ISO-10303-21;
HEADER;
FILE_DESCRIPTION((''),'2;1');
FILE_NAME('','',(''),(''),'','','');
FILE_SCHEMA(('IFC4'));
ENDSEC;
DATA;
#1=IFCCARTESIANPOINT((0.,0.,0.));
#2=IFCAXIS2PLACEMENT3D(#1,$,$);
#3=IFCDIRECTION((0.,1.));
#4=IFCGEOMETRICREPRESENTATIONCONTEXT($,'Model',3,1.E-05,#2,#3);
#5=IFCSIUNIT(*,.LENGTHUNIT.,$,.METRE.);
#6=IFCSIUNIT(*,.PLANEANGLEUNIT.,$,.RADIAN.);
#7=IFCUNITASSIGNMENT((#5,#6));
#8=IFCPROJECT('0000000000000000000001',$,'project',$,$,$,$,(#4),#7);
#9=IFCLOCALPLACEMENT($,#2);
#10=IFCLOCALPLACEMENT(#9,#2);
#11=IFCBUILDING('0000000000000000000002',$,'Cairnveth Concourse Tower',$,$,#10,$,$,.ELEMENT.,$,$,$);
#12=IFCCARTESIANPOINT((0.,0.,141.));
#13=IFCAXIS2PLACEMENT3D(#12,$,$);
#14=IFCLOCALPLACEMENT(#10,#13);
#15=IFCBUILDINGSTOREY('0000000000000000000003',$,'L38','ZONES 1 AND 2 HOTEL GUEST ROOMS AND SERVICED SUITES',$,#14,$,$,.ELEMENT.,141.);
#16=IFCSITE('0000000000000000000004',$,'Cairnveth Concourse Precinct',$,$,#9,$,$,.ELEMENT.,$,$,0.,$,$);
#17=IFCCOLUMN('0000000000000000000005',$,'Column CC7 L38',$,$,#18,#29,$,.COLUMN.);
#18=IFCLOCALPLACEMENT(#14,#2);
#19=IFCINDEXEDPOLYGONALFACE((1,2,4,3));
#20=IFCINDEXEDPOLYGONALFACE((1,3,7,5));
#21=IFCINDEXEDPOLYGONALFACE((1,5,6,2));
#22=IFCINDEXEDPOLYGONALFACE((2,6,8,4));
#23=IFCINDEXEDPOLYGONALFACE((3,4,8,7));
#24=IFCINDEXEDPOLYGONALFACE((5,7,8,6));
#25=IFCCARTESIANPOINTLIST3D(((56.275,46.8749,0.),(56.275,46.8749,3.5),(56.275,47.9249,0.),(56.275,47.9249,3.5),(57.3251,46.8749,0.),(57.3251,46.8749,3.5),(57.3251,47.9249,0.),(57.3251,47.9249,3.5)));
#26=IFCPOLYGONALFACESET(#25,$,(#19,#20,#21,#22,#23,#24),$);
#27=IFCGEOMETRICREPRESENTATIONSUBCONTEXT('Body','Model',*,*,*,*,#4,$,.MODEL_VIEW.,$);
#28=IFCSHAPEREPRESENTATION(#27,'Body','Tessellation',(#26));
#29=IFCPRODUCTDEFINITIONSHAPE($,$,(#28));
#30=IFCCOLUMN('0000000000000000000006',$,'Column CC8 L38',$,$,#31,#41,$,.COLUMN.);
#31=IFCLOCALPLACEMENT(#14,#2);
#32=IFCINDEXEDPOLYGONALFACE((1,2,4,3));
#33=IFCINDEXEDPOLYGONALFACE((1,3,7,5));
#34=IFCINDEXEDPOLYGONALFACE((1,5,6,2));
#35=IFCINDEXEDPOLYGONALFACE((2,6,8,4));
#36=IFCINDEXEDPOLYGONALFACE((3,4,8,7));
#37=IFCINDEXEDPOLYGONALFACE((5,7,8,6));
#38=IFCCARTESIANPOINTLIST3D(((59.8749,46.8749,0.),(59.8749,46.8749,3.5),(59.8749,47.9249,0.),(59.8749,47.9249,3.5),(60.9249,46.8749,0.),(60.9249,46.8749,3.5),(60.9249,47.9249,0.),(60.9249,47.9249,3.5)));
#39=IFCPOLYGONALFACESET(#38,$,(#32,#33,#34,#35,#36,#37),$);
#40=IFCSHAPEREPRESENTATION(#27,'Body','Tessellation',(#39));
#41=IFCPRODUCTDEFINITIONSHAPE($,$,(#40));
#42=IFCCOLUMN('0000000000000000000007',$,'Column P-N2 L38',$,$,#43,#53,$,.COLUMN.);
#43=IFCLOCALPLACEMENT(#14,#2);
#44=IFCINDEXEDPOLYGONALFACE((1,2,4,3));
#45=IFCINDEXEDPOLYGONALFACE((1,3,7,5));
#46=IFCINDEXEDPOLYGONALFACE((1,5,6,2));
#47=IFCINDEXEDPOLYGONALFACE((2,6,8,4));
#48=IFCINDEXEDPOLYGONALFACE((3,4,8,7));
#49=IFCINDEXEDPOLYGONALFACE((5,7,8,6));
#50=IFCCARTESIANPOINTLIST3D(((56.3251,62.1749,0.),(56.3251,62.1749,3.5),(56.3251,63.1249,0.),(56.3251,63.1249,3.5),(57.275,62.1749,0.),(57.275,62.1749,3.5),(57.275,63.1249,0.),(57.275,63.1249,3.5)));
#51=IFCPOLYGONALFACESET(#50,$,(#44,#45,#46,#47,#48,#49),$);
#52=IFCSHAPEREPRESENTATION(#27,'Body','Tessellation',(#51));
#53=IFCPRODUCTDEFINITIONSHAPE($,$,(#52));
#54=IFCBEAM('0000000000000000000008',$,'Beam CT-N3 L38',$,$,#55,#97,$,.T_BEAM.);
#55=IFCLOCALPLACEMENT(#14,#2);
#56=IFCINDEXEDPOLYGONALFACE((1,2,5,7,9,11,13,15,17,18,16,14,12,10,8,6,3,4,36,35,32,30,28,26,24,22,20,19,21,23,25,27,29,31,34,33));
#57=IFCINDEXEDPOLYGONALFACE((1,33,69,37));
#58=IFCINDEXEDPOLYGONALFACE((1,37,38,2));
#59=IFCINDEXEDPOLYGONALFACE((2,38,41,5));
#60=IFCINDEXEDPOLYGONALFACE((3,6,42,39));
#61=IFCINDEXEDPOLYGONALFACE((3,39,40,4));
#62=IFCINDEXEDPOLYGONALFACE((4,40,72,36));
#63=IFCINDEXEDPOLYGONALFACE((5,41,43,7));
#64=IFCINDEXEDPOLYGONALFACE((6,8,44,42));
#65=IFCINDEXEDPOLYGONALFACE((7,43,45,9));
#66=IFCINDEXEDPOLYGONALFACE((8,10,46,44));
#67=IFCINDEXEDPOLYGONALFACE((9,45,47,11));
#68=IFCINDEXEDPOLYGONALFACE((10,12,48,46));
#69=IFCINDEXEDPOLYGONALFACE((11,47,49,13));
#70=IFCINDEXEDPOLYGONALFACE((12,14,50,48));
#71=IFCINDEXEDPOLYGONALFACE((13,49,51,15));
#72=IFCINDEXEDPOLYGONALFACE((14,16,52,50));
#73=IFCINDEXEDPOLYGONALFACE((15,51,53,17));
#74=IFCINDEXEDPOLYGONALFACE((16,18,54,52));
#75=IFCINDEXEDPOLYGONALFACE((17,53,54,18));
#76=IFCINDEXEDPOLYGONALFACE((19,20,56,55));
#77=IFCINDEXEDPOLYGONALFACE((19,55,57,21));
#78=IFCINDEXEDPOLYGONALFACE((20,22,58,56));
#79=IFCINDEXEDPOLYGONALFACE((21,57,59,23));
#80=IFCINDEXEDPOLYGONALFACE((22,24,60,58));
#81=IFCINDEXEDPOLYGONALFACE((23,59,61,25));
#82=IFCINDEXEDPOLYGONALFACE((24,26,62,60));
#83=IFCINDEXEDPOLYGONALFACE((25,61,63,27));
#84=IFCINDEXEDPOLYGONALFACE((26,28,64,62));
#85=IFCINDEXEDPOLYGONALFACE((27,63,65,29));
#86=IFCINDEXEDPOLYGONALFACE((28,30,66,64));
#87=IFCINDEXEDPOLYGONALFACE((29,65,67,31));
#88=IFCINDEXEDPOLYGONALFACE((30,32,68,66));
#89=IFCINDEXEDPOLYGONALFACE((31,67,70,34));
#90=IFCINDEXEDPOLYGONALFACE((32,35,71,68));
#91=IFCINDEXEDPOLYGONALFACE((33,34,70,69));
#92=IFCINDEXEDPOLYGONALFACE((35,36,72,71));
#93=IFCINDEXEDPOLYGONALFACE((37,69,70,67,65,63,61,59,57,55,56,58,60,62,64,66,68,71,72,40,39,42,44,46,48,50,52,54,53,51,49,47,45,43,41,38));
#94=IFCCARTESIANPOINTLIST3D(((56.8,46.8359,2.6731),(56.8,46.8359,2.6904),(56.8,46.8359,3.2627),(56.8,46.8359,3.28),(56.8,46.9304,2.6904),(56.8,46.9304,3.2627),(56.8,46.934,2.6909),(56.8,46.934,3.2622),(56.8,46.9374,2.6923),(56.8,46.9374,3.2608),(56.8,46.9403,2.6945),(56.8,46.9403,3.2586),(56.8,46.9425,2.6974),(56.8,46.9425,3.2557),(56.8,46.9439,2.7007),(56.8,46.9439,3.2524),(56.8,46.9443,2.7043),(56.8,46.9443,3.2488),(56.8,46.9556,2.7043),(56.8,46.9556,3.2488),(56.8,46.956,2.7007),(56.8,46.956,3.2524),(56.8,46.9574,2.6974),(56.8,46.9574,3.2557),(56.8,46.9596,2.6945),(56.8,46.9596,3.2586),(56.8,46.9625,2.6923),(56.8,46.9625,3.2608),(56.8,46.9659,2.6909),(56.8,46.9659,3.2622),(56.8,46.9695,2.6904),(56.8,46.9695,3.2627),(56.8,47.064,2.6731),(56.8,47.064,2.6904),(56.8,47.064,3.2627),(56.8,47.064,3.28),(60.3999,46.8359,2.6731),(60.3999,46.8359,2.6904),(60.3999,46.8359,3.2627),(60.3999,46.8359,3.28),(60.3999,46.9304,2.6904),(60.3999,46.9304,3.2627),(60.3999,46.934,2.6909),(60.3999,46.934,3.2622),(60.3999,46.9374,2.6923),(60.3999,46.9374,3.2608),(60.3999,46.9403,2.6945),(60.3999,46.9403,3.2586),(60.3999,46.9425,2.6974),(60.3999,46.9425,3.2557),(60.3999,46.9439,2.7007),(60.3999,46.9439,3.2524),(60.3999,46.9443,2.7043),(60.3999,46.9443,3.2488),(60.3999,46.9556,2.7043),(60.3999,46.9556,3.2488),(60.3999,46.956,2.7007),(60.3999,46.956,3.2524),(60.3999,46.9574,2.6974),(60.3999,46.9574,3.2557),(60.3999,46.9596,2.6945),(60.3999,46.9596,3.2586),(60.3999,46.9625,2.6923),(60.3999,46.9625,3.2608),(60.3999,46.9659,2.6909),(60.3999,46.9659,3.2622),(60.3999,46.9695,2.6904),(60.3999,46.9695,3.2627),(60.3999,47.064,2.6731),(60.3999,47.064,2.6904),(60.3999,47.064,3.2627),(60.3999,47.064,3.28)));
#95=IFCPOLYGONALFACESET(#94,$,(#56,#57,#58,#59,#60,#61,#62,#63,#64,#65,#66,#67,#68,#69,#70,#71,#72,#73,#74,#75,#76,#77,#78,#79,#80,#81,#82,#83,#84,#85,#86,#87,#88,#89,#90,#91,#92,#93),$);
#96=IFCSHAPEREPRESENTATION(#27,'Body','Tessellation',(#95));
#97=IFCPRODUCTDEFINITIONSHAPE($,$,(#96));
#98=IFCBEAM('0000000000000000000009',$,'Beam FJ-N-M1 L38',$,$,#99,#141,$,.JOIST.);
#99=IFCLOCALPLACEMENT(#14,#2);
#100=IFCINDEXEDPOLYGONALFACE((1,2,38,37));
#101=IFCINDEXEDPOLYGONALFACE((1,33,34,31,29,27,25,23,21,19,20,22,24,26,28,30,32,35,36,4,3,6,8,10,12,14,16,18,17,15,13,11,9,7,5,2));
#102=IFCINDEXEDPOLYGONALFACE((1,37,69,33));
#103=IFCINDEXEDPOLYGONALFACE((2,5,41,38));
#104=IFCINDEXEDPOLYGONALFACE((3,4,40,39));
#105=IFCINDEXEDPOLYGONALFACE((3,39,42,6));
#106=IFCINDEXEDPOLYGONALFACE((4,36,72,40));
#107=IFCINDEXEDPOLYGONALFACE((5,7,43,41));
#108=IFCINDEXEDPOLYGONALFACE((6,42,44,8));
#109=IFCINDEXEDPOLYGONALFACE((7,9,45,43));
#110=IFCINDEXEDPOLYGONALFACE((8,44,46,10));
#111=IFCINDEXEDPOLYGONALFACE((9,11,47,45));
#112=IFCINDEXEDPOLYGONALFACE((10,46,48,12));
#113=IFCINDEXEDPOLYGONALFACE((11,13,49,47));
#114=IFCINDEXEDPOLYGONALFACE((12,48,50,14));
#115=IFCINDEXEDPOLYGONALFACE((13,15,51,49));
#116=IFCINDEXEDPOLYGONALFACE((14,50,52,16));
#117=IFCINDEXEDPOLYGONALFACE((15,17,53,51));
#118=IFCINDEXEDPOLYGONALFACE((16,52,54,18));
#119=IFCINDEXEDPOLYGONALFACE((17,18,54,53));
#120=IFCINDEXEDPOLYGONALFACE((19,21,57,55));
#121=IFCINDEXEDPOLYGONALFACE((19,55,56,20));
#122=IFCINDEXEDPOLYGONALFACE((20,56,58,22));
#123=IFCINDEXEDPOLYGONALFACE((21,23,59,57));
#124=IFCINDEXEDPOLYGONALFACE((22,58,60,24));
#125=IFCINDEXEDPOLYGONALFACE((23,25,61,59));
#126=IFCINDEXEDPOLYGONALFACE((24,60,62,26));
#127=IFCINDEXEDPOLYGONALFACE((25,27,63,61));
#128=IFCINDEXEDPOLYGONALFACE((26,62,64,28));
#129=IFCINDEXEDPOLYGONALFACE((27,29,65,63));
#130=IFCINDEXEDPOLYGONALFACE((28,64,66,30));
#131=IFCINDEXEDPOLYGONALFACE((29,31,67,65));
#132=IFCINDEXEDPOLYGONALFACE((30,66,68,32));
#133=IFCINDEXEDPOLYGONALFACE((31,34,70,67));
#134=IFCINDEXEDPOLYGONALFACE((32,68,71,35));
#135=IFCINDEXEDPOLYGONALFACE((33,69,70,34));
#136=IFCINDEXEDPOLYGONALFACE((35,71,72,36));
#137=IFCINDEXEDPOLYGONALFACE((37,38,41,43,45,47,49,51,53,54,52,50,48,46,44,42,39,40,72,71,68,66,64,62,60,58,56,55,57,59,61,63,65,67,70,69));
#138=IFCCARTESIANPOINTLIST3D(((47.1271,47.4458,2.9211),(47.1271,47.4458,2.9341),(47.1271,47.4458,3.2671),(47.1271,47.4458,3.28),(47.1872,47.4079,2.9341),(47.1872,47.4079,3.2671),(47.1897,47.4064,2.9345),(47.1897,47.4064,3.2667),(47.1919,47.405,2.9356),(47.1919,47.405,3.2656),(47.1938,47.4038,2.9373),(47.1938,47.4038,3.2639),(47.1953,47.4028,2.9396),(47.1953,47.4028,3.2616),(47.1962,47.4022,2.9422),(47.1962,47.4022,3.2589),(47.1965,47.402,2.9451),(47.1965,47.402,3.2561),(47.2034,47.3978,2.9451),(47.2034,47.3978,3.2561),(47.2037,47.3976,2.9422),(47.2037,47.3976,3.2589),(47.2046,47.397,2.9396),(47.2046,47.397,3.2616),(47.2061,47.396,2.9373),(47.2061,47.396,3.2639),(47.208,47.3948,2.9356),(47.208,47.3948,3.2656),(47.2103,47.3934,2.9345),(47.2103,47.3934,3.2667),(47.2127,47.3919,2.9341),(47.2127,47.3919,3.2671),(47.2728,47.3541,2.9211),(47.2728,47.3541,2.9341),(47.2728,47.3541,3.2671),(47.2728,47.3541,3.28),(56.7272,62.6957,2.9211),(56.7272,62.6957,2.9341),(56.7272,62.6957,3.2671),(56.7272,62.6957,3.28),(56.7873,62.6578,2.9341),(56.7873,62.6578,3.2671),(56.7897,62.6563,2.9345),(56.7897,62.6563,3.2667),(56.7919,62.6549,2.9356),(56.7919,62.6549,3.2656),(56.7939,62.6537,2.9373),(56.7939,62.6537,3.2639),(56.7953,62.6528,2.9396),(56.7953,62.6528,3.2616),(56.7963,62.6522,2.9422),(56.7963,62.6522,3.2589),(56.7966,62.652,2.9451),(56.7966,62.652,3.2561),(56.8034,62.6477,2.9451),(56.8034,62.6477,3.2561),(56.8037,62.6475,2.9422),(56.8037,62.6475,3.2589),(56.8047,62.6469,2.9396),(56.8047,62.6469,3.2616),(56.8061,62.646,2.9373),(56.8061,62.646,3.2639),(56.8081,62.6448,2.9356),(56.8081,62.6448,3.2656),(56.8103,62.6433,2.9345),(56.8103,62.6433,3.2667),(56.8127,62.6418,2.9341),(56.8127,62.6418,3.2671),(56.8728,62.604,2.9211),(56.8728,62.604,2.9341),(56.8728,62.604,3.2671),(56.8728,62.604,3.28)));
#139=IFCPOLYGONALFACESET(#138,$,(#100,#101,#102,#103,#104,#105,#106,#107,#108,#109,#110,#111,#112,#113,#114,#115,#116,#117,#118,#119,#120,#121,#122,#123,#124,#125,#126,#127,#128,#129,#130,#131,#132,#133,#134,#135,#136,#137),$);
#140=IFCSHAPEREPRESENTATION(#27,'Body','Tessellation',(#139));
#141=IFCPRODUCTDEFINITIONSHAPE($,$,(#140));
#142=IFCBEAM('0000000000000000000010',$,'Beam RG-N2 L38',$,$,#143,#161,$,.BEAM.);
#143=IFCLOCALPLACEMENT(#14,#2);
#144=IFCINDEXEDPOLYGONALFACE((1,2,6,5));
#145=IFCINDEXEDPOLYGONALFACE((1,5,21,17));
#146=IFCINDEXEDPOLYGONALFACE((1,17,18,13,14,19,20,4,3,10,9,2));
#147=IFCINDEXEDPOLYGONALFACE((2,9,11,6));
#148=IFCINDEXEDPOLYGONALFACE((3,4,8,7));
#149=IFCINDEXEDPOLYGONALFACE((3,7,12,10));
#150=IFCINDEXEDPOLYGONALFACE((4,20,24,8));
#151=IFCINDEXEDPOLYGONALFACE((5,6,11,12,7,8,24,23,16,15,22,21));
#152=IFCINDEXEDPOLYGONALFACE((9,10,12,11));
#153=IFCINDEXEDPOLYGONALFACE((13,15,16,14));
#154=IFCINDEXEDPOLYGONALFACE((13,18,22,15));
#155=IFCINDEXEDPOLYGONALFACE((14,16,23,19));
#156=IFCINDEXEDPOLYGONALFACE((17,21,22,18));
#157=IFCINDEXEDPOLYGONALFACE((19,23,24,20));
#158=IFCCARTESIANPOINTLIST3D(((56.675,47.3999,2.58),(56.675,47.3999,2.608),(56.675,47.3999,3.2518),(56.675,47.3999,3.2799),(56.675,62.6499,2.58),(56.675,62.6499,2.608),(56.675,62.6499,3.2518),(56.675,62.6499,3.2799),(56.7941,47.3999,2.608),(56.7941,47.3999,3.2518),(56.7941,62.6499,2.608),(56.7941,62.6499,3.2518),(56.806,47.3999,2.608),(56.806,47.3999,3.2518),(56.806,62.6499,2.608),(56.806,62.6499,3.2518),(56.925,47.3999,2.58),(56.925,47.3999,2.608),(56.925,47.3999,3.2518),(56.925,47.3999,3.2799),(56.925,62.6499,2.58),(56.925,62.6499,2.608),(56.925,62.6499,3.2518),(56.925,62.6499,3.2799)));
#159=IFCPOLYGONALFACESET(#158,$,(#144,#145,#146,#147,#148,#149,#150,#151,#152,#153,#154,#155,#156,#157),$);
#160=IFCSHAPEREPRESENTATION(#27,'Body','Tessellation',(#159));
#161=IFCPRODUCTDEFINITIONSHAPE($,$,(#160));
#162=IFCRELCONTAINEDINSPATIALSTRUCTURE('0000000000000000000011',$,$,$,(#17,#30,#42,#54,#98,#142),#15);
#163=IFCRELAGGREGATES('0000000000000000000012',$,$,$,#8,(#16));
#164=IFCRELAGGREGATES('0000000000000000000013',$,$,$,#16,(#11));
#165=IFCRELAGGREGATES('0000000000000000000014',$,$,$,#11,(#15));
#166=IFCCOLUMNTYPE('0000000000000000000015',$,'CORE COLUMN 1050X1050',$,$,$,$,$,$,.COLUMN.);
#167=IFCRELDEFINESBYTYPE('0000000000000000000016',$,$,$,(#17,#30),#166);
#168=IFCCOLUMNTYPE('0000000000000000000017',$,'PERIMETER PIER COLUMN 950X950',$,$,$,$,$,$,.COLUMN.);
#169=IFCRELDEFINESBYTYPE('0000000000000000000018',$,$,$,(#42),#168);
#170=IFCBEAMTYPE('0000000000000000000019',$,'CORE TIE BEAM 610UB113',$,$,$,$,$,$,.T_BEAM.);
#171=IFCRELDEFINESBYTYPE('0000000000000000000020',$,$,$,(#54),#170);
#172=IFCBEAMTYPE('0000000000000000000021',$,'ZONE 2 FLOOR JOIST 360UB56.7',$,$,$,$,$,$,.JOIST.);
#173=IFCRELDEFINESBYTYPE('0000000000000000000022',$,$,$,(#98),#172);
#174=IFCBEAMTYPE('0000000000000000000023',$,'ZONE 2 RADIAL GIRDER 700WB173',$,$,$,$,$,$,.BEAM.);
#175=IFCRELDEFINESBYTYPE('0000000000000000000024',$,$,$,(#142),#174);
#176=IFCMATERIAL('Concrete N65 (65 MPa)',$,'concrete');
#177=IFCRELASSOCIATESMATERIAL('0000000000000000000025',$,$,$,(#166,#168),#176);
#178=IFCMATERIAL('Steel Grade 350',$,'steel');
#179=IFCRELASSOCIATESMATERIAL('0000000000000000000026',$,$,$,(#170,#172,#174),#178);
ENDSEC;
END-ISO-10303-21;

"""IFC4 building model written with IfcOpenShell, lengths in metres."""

from ifc_helpers import new_model, si_unit, direction, frame, origin, origin_2d, place, context, subcontext, project, spatial, rectangle, i_section, extrude, material, material_profile, profile_set, type_object, element, save


model = new_model("IFC4")

# Units and contexts
model_context = context("Model", 3, precision=1e-05, world=origin(), true_north=direction((0.0, 1.0)))
body_context = subcontext(model_context, "Body", "Model", "MODEL_VIEW")
ifc_project = project(units=[si_unit("LENGTHUNIT", "METRE"), si_unit("PLANEANGLEUNIT", "RADIAN")], contexts=[model_context])

# Site, building, storey
site_placement = place(None, origin())
site = spatial("IfcSite", under=ifc_project, at=site_placement, Name="Cairnveth Concourse Precinct", CompositionType="ELEMENT", RefElevation=0.0)
building_placement = place(site_placement, origin())
building = spatial("IfcBuilding", under=site, at=building_placement, Name="Cairnveth Concourse Tower", CompositionType="ELEMENT")
storey_placement = place(building_placement, frame((0.0, 0.0, 141.0)))
storey = spatial("IfcBuildingStorey", under=building, at=storey_placement, Name="L38", Description="ZONES 1 AND 2 HOTEL GUEST ROOMS AND SERVICED SUITES", CompositionType="ELEMENT", Elevation=141.0)

# Columns
ifc_material_1 = material(Name="Concrete N65 (65 MPa)", Category="concrete")
ifc_material_profile_1 = material_profile(ifc_material_1, rectangle(XDim=1.05, YDim=1.05, at=origin_2d()), Name="RC-COL-1050x1050")
ifc_profile_set_1 = profile_set([ifc_material_profile_1], Name="Concrete N65 (65 MPa)")
column_type_1 = type_object("IfcColumnType", Name="CORE COLUMN 1050X1050", PredefinedType="COLUMN", material=ifc_profile_set_1)
for number, where, z_axis, x_axis, name in (
    (1, (56.8, 47.3999, 0.0), (0.0, 0.0, 1.0), (1.0, 0.0, 0.0), "Column CC7 L38"),
    (2, (60.3999, 47.3999, 0.0), (0.0, 0.0, 1.0), (1.0, 0.0, 0.0), "Column CC8 L38"),
):
    element("IfcColumn", number, at=place(storey_placement, frame(where, z_axis=z_axis, x_axis=x_axis)), inside=storey, type_object=column_type_1, Name=name, PredefinedType="COLUMN", context=body_context, shape_type="SweptSolid", body=[
        extrude(rectangle(XDim=1.05, YDim=1.05, at=origin_2d()), origin(), (0.0, 0.0, 1.0), 3.5),
    ])
ifc_material_profile_2 = material_profile(ifc_material_1, rectangle(XDim=0.95, YDim=0.95, at=origin_2d()), Name="RC-COL-950x950")
ifc_profile_set_2 = profile_set([ifc_material_profile_2], Name="Concrete N65 (65 MPa)")
column_type_2 = type_object("IfcColumnType", Name="PERIMETER PIER COLUMN 950X950", PredefinedType="COLUMN", material=ifc_profile_set_2)
column_placement = place(storey_placement, frame((56.8, 62.6499, 0.0), z_axis=(0.0, 0.0, 1.0), x_axis=(1.0, 0.0, 0.0)))
element("IfcColumn", 3, at=column_placement, inside=storey, type_object=column_type_2, Name="Column P-N2 L38", PredefinedType="COLUMN", context=body_context, shape_type="SweptSolid", body=[
    extrude(rectangle(XDim=0.95, YDim=0.95, at=origin_2d()), origin(), (0.0, 0.0, 1.0), 3.5),
])

# Beams
ifc_material_2 = material(Name="Steel Grade 350", Category="steel")
ifc_material_profile_3 = material_profile(ifc_material_2, i_section(OverallWidth=0.228, OverallDepth=0.6069, WebThickness=0.0112, FlangeThickness=0.0173, FilletRadius=0.0139, at=origin_2d()), Name="610UB113")
ifc_profile_set_3 = profile_set([ifc_material_profile_3], Name="Steel Grade 350")
beam_type_1 = type_object("IfcBeamType", Name="CORE TIE BEAM 610UB113", PredefinedType="T_BEAM", material=ifc_profile_set_3)
beam_1_placement = place(storey_placement, frame((56.8, 46.95, 2.9766), z_axis=(1.0, 0.0, 0.0), x_axis=(0.0, 1.0, 0.0)))
element("IfcBeam", 4, at=beam_1_placement, inside=storey, type_object=beam_type_1, Name="Beam CT-N3 L38", PredefinedType="T_BEAM", context=body_context, shape_type="SweptSolid", body=[
    extrude(i_section(OverallWidth=0.228, OverallDepth=0.6069, WebThickness=0.0112, FlangeThickness=0.0173, FilletRadius=0.0139, at=origin_2d()), origin(), (0.0, 0.0, 1.0), 3.5999),
])
ifc_material_profile_4 = material_profile(ifc_material_2, i_section(OverallWidth=0.1721, OverallDepth=0.3589, WebThickness=0.0081, FlangeThickness=0.0129, FilletRadius=0.011, at=origin_2d()), Name="360UB56.7")
ifc_profile_set_4 = profile_set([ifc_material_profile_4], Name="Steel Grade 350")
beam_type_2 = type_object("IfcBeamType", Name="ZONE 2 FLOOR JOIST 360UB56.7", PredefinedType="JOIST", material=ifc_profile_set_4)
beam_2_placement = place(storey_placement, frame((47.2, 47.3999, 3.1006), z_axis=(0.532744, 0.846277, 0.0), x_axis=(-0.846277, 0.532744, 0.0)))
element("IfcBeam", 5, at=beam_2_placement, inside=storey, type_object=beam_type_2, Name="Beam FJ-N-M1 L38", PredefinedType="JOIST", context=body_context, shape_type="SweptSolid", body=[
    extrude(i_section(OverallWidth=0.1721, OverallDepth=0.3589, WebThickness=0.0081, FlangeThickness=0.0129, FilletRadius=0.011, at=origin_2d()), origin(), (0.0, 0.0, 1.0), 18.02),
])
ifc_material_profile_5 = material_profile(ifc_material_2, i_section(OverallWidth=0.25, OverallDepth=0.7, WebThickness=0.012, FlangeThickness=0.0281, at=origin_2d()), Name="700WB173")
ifc_profile_set_5 = profile_set([ifc_material_profile_5], Name="Steel Grade 350")
beam_type_3 = type_object("IfcBeamType", Name="ZONE 2 RADIAL GIRDER 700WB173", PredefinedType="BEAM", material=ifc_profile_set_5)
beam_3_placement = place(storey_placement, frame((56.8, 47.3999, 2.9299), z_axis=(0.0, 1.0, 0.0), x_axis=(-1.0, 0.0, 0.0)))
element("IfcBeam", 6, at=beam_3_placement, inside=storey, type_object=beam_type_3, Name="Beam RG-N2 L38", PredefinedType="BEAM", context=body_context, shape_type="SweptSolid", body=[
    extrude(i_section(OverallWidth=0.25, OverallDepth=0.7, WebThickness=0.012, FlangeThickness=0.0281, at=origin_2d()), origin(), (0.0, 0.0, 1.0), 15.25),
])

save(model, "model.ifc")
